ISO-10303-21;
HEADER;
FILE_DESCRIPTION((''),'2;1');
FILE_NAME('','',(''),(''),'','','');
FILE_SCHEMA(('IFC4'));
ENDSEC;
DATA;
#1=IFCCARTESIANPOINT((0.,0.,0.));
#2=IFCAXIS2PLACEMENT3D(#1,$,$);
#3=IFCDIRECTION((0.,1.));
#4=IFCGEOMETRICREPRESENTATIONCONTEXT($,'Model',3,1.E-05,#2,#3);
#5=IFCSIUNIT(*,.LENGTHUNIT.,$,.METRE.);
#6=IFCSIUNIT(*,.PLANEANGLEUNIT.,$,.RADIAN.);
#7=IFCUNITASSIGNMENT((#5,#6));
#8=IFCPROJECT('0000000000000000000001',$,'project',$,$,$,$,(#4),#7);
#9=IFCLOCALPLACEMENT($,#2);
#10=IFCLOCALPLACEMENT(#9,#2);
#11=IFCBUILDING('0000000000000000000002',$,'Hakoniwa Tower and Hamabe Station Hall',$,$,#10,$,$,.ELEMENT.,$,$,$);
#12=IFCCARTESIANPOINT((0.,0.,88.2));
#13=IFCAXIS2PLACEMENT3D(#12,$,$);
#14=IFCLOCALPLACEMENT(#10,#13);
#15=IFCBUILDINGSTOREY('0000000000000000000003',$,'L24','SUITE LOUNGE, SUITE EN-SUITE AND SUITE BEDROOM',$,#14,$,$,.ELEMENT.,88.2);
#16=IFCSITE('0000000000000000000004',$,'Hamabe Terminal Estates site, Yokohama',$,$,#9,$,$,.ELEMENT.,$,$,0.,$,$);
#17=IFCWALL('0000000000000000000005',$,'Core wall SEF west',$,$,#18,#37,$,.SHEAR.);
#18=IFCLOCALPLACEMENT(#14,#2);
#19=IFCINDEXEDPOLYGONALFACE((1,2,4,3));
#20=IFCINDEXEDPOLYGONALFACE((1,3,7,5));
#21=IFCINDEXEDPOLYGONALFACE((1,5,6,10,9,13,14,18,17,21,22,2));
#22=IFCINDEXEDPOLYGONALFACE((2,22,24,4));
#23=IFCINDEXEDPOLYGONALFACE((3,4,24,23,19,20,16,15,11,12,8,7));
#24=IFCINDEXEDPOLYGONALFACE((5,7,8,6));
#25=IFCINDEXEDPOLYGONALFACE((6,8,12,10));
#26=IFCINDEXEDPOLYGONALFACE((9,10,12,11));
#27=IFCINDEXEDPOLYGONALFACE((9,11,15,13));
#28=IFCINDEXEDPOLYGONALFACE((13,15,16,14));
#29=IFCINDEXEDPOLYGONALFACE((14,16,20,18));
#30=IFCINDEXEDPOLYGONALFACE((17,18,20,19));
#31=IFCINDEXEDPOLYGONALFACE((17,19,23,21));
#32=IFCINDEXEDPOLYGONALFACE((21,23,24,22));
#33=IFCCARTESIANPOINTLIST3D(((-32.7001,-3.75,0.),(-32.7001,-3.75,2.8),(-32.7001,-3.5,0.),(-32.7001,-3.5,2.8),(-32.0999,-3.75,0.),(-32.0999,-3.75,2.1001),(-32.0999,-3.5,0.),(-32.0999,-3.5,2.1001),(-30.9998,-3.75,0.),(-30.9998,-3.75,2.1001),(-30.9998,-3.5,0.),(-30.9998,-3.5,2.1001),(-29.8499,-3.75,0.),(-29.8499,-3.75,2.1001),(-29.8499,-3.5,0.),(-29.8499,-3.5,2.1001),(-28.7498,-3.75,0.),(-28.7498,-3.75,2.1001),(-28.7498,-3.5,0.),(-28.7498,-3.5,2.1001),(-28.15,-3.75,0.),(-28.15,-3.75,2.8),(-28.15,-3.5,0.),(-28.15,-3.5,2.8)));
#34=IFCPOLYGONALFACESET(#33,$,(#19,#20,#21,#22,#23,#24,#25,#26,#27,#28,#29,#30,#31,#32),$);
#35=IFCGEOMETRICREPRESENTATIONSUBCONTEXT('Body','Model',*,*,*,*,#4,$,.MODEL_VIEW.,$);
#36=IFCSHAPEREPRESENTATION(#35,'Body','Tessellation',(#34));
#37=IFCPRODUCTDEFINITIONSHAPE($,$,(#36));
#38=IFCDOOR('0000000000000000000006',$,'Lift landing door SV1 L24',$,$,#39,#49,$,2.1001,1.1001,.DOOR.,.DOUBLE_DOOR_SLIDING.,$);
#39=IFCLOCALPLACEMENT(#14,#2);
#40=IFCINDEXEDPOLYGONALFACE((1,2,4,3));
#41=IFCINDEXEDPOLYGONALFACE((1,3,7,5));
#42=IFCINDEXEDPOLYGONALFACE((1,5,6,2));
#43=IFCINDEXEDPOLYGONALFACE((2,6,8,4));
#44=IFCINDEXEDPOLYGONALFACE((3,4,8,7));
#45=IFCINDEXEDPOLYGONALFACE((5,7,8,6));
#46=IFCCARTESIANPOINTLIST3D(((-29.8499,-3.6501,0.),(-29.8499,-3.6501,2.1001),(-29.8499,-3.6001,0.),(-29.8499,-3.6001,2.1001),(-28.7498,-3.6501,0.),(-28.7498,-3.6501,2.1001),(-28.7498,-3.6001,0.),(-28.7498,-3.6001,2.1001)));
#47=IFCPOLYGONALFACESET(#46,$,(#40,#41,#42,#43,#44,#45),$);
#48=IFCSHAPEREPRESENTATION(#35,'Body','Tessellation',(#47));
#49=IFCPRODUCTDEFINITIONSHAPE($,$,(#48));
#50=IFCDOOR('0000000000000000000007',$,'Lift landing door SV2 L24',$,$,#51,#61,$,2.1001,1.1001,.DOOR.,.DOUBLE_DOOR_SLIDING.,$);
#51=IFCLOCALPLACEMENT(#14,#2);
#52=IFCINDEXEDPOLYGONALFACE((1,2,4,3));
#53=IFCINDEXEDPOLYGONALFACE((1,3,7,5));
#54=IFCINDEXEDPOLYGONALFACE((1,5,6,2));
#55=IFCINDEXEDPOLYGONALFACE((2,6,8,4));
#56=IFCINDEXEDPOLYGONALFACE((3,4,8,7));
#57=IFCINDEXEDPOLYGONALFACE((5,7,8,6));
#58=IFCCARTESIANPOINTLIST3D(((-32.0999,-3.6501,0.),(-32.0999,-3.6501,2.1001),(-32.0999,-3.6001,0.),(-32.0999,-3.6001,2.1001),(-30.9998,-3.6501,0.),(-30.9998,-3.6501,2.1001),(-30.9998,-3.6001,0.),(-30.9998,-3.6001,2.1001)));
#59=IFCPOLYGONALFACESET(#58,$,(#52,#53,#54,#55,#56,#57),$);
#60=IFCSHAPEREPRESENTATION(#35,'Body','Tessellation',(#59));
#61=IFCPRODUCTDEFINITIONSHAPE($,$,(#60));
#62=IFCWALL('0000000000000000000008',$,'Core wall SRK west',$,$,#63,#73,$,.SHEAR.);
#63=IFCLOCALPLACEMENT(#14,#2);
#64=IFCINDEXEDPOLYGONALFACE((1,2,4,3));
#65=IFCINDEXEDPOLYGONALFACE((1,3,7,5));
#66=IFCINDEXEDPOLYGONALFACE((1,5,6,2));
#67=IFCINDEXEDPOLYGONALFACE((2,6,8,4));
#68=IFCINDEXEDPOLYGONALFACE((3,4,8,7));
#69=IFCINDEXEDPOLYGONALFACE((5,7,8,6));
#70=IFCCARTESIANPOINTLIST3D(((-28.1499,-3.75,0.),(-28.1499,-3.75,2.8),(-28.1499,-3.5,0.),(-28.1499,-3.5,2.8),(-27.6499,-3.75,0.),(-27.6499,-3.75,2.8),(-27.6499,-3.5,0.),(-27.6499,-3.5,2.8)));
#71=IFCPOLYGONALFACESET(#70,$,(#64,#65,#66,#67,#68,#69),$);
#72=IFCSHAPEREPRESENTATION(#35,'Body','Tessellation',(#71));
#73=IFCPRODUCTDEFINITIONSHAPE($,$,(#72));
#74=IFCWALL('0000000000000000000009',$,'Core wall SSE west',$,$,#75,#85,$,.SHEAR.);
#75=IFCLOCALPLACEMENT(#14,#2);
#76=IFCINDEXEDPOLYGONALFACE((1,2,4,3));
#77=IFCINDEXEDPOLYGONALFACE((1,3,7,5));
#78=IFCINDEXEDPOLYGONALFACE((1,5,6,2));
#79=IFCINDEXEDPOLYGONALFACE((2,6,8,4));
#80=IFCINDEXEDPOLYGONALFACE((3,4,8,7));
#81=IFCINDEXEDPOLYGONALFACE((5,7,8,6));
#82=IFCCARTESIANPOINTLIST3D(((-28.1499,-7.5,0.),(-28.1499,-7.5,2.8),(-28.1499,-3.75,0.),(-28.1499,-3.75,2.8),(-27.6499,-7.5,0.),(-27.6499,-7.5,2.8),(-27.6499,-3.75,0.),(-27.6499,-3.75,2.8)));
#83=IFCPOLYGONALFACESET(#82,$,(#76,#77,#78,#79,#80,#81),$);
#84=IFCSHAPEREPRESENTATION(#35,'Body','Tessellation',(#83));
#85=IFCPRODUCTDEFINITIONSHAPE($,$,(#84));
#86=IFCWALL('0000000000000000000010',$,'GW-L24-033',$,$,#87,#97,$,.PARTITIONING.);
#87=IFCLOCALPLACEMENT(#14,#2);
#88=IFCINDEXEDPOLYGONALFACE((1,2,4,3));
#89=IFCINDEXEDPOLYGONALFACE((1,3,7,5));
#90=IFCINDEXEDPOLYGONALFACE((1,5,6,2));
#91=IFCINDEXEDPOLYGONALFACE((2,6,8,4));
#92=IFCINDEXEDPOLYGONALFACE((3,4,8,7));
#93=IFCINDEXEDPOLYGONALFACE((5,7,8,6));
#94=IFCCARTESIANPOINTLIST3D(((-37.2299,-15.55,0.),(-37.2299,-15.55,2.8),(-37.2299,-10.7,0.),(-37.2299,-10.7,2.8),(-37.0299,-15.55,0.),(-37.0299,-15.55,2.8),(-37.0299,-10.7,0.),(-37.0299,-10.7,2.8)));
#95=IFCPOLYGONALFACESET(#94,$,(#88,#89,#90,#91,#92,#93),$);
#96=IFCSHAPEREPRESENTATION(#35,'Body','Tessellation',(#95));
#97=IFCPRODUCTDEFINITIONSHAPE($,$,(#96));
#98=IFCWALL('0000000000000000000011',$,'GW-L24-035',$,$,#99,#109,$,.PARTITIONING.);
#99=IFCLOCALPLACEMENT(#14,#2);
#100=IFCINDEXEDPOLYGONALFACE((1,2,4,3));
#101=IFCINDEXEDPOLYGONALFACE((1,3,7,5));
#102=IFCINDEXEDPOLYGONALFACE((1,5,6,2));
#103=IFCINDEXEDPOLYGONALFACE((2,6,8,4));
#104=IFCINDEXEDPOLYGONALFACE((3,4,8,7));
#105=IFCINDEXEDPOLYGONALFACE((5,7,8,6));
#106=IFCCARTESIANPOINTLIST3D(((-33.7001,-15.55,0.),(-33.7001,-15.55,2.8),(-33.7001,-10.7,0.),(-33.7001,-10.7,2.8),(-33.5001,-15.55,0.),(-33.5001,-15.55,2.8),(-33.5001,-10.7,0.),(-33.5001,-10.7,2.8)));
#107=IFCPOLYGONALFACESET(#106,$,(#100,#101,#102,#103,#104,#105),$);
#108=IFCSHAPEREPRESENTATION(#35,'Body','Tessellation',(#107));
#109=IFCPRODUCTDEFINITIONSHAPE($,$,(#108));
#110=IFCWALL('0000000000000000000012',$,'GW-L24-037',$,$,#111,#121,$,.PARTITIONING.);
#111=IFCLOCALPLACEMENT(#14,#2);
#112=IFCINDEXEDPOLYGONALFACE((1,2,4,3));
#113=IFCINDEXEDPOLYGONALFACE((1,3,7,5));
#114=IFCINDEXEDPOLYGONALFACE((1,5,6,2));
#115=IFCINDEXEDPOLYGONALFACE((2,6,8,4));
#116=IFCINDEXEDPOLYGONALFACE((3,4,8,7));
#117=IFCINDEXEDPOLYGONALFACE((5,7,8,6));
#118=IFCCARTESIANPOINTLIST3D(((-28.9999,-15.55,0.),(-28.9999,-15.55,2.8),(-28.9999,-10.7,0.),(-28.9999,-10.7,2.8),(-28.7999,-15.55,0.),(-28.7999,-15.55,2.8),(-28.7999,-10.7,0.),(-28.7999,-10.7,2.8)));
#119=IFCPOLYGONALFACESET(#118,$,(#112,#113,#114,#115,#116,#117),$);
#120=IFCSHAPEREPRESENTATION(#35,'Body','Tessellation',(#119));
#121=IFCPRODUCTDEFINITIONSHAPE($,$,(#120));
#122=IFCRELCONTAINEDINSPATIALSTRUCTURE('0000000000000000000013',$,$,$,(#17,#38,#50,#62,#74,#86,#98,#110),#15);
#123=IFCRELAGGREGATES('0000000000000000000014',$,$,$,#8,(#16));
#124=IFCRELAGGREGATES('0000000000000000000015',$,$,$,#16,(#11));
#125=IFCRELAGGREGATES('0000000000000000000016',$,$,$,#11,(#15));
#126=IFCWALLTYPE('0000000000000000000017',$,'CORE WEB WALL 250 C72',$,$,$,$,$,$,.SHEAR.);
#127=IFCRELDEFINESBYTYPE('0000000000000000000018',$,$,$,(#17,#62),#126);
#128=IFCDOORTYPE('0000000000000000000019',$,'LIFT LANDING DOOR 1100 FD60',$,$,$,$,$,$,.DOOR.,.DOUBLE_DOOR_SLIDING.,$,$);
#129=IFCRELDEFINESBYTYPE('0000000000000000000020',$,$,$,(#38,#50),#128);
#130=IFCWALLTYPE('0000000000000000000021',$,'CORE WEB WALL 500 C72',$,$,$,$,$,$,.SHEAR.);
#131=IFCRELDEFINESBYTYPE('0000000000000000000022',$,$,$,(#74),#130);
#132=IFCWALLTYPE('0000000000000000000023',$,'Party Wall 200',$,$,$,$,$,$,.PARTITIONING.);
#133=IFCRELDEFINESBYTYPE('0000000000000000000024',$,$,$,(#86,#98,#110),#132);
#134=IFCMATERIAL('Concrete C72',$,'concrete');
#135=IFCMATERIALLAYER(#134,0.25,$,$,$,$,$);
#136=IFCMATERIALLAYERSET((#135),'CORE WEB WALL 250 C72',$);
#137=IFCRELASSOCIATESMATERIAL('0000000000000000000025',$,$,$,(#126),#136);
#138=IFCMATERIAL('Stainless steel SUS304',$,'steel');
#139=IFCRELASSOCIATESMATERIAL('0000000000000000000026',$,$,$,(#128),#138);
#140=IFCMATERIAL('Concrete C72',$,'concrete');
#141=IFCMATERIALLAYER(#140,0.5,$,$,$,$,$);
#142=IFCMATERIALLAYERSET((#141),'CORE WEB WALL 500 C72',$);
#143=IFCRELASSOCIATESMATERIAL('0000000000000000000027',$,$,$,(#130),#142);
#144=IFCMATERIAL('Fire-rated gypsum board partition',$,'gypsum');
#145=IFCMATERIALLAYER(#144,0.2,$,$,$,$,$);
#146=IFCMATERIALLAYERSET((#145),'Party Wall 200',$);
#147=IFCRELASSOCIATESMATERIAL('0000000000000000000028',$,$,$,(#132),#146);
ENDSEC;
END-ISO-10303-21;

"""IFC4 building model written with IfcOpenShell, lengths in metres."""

from ifc_helpers import new_model, si_unit, direction, frame, frame_2d, origin, place, context, subcontext, project, spatial, rectangle, extrude, material, layer, layer_set, type_object, element, fill, save


model = new_model("IFC4")

# Units and contexts
model_context = context("Model", 3, precision=1e-05, world=origin(), true_north=direction((0.0, 1.0)))
body_context = subcontext(model_context, "Body", "Model", "MODEL_VIEW")
ifc_project = project(units=[si_unit("LENGTHUNIT", "METRE"), si_unit("PLANEANGLEUNIT", "RADIAN")], contexts=[model_context])

# Site, building, storey
site_placement = place(None, origin())
site = spatial("IfcSite", under=ifc_project, at=site_placement, Name="Hamabe Terminal Estates site, Yokohama", CompositionType="ELEMENT", RefElevation=0.0)
building_placement = place(site_placement, origin())
building = spatial("IfcBuilding", under=site, at=building_placement, Name="Hakoniwa Tower and Hamabe Station Hall", CompositionType="ELEMENT")
storey_placement = place(building_placement, frame((0.0, 0.0, 88.2)))
storey = spatial("IfcBuildingStorey", under=building, at=storey_placement, Name="L24", Description="SUITE LOUNGE, SUITE EN-SUITE AND SUITE BEDROOM", CompositionType="ELEMENT", Elevation=88.2)

# Shared definitions
ifc_material_1 = material(Name="Concrete C72", Category="concrete")
ifc_layer_1 = layer(ifc_material_1, 0.25)
ifc_layer_set_1 = layer_set([ifc_layer_1], Name="CORE WEB WALL 250 C72")
wall_type_1 = type_object("IfcWallType", Name="CORE WEB WALL 250 C72", PredefinedType="SHEAR", material=ifc_layer_set_1)

# Wall, openings, doors
wall_1_placement = place(storey_placement, frame((-32.7, -3.625, 0.0), z_axis=(0.0, 0.0, 1.0), x_axis=(1.0, 0.0, 0.0)))
wall_1 = element("IfcWall", 1, at=wall_1_placement, inside=storey, type_object=wall_type_1, Name="Core wall SEF west", PredefinedType="SHEAR", context=body_context, shape_type="SweptSolid", body=[
    extrude(rectangle(XDim=4.55, YDim=0.25, at=frame_2d((2.2749, 0.0))), origin(), (0.0, 0.0, 1.0), 2.8),
])
opening_1_placement = place(wall_1_placement, frame((2.8501, 0.0, 0.0)))
opening_1 = element("IfcOpeningElement", 2, at=opening_1_placement, cuts=wall_1, PredefinedType="OPENING", context=body_context, shape_type="SweptSolid", body=[
    extrude(rectangle(XDim=1.1001, YDim=2.1001, at=frame_2d((0.55, 1.05))), frame((0.0, 0.135, 0.0), z_axis=(0.0, -1.0, 0.0), x_axis=(1.0, 0.0, 0.0)), (0.0, 0.0, 1.0), 0.27),
])
opening_2_placement = place(wall_1_placement, frame((0.6001, 0.0, 0.0)))
opening_2 = element("IfcOpeningElement", 3, at=opening_2_placement, cuts=wall_1, PredefinedType="OPENING", context=body_context, shape_type="SweptSolid", body=[
    extrude(rectangle(XDim=1.1001, YDim=2.1001, at=frame_2d((0.55, 1.05))), frame((0.0, 0.135, 0.0), z_axis=(0.0, -1.0, 0.0), x_axis=(1.0, 0.0, 0.0)), (0.0, 0.0, 1.0), 0.27),
])
ifc_material_2 = material(Name="Stainless steel SUS304", Category="steel")
door_type_1 = type_object("IfcDoorType", Name="LIFT LANDING DOOR 1100 FD60", OperationType="DOUBLE_DOOR_SLIDING", PredefinedType="DOOR", material=ifc_material_2)
door_1_placement = place(opening_1_placement, origin())
door_1 = element("IfcDoor", 4, at=door_1_placement, inside=storey, type_object=door_type_1, Name="Lift landing door SV1 L24", OperationType="DOUBLE_DOOR_SLIDING", OverallHeight=2.1001, OverallWidth=1.1001, PredefinedType="DOOR", context=body_context, shape_type="SweptSolid", body=[
    extrude(rectangle(XDim=1.1001, YDim=2.1001, at=frame_2d((0.55, 1.05))), frame((0.0, 0.0249, 0.0), z_axis=(0.0, -1.0, 0.0), x_axis=(1.0, 0.0, 0.0)), (0.0, 0.0, 1.0), 0.05),
])
fill(opening_1, door_1)
door_2_placement = place(opening_2_placement, origin())
door_2 = element("IfcDoor", 5, at=door_2_placement, inside=storey, type_object=door_type_1, Name="Lift landing door SV2 L24", OperationType="DOUBLE_DOOR_SLIDING", OverallHeight=2.1001, OverallWidth=1.1001, PredefinedType="DOOR", context=body_context, shape_type="SweptSolid", body=[
    extrude(rectangle(XDim=1.1001, YDim=2.1001, at=frame_2d((0.55, 1.05))), frame((0.0, 0.0249, 0.0), z_axis=(0.0, -1.0, 0.0), x_axis=(1.0, 0.0, 0.0)), (0.0, 0.0, 1.0), 0.05),
])
fill(opening_2, door_2)

# Walls
wall_2_placement = place(storey_placement, frame((-28.1499, -3.625, 0.0), z_axis=(0.0, 0.0, 1.0), x_axis=(1.0, 0.0, 0.0)))
element("IfcWall", 6, at=wall_2_placement, inside=storey, type_object=wall_type_1, Name="Core wall SRK west", PredefinedType="SHEAR", context=body_context, shape_type="SweptSolid", body=[
    extrude(rectangle(XDim=0.5, YDim=0.25, at=frame_2d((0.25, 0.0))), origin(), (0.0, 0.0, 1.0), 2.8),
])
ifc_material_3 = material(Name="Concrete C72", Category="concrete")
ifc_layer_2 = layer(ifc_material_3, 0.5)
ifc_layer_set_2 = layer_set([ifc_layer_2], Name="CORE WEB WALL 500 C72")
wall_type_2 = type_object("IfcWallType", Name="CORE WEB WALL 500 C72", PredefinedType="SHEAR", material=ifc_layer_set_2)
wall_3_placement = place(storey_placement, frame((-27.8999, -7.5, 0.0), z_axis=(0.0, 0.0, 1.0), x_axis=(0.0, 1.0, 0.0)))
element("IfcWall", 7, at=wall_3_placement, inside=storey, type_object=wall_type_2, Name="Core wall SSE west", PredefinedType="SHEAR", context=body_context, shape_type="SweptSolid", body=[
    extrude(rectangle(XDim=3.75, YDim=0.5, at=frame_2d((1.875, 0.0))), origin(), (0.0, 0.0, 1.0), 2.8),
])
ifc_material_4 = material(Name="Fire-rated gypsum board partition", Category="gypsum")
ifc_layer_3 = layer(ifc_material_4, 0.2)
ifc_layer_set_3 = layer_set([ifc_layer_3], Name="Party Wall 200")
wall_type_3 = type_object("IfcWallType", Name="Party Wall 200", PredefinedType="PARTITIONING", material=ifc_layer_set_3)
for number, where, z_axis, x_axis, name in (
    (8, (-37.1299, -15.55, 0.0), (0.0, 0.0, 1.0), (0.0, 1.0, 0.0), "GW-L24-033"),
    (9, (-33.6001, -15.55, 0.0), (0.0, 0.0, 1.0), (0.0, 1.0, 0.0), "GW-L24-035"),
    (10, (-28.8999, -15.55, 0.0), (0.0, 0.0, 1.0), (0.0, 1.0, 0.0), "GW-L24-037"),
):
    element("IfcWall", number, at=place(storey_placement, frame(where, z_axis=z_axis, x_axis=x_axis)), inside=storey, type_object=wall_type_3, Name=name, PredefinedType="PARTITIONING", context=body_context, shape_type="SweptSolid", body=[
        extrude(rectangle(XDim=4.8501, YDim=0.2, at=frame_2d((2.425, 0.0))), origin(), (0.0, 0.0, 1.0), 2.8),
    ])

save(model, "model.ifc")
